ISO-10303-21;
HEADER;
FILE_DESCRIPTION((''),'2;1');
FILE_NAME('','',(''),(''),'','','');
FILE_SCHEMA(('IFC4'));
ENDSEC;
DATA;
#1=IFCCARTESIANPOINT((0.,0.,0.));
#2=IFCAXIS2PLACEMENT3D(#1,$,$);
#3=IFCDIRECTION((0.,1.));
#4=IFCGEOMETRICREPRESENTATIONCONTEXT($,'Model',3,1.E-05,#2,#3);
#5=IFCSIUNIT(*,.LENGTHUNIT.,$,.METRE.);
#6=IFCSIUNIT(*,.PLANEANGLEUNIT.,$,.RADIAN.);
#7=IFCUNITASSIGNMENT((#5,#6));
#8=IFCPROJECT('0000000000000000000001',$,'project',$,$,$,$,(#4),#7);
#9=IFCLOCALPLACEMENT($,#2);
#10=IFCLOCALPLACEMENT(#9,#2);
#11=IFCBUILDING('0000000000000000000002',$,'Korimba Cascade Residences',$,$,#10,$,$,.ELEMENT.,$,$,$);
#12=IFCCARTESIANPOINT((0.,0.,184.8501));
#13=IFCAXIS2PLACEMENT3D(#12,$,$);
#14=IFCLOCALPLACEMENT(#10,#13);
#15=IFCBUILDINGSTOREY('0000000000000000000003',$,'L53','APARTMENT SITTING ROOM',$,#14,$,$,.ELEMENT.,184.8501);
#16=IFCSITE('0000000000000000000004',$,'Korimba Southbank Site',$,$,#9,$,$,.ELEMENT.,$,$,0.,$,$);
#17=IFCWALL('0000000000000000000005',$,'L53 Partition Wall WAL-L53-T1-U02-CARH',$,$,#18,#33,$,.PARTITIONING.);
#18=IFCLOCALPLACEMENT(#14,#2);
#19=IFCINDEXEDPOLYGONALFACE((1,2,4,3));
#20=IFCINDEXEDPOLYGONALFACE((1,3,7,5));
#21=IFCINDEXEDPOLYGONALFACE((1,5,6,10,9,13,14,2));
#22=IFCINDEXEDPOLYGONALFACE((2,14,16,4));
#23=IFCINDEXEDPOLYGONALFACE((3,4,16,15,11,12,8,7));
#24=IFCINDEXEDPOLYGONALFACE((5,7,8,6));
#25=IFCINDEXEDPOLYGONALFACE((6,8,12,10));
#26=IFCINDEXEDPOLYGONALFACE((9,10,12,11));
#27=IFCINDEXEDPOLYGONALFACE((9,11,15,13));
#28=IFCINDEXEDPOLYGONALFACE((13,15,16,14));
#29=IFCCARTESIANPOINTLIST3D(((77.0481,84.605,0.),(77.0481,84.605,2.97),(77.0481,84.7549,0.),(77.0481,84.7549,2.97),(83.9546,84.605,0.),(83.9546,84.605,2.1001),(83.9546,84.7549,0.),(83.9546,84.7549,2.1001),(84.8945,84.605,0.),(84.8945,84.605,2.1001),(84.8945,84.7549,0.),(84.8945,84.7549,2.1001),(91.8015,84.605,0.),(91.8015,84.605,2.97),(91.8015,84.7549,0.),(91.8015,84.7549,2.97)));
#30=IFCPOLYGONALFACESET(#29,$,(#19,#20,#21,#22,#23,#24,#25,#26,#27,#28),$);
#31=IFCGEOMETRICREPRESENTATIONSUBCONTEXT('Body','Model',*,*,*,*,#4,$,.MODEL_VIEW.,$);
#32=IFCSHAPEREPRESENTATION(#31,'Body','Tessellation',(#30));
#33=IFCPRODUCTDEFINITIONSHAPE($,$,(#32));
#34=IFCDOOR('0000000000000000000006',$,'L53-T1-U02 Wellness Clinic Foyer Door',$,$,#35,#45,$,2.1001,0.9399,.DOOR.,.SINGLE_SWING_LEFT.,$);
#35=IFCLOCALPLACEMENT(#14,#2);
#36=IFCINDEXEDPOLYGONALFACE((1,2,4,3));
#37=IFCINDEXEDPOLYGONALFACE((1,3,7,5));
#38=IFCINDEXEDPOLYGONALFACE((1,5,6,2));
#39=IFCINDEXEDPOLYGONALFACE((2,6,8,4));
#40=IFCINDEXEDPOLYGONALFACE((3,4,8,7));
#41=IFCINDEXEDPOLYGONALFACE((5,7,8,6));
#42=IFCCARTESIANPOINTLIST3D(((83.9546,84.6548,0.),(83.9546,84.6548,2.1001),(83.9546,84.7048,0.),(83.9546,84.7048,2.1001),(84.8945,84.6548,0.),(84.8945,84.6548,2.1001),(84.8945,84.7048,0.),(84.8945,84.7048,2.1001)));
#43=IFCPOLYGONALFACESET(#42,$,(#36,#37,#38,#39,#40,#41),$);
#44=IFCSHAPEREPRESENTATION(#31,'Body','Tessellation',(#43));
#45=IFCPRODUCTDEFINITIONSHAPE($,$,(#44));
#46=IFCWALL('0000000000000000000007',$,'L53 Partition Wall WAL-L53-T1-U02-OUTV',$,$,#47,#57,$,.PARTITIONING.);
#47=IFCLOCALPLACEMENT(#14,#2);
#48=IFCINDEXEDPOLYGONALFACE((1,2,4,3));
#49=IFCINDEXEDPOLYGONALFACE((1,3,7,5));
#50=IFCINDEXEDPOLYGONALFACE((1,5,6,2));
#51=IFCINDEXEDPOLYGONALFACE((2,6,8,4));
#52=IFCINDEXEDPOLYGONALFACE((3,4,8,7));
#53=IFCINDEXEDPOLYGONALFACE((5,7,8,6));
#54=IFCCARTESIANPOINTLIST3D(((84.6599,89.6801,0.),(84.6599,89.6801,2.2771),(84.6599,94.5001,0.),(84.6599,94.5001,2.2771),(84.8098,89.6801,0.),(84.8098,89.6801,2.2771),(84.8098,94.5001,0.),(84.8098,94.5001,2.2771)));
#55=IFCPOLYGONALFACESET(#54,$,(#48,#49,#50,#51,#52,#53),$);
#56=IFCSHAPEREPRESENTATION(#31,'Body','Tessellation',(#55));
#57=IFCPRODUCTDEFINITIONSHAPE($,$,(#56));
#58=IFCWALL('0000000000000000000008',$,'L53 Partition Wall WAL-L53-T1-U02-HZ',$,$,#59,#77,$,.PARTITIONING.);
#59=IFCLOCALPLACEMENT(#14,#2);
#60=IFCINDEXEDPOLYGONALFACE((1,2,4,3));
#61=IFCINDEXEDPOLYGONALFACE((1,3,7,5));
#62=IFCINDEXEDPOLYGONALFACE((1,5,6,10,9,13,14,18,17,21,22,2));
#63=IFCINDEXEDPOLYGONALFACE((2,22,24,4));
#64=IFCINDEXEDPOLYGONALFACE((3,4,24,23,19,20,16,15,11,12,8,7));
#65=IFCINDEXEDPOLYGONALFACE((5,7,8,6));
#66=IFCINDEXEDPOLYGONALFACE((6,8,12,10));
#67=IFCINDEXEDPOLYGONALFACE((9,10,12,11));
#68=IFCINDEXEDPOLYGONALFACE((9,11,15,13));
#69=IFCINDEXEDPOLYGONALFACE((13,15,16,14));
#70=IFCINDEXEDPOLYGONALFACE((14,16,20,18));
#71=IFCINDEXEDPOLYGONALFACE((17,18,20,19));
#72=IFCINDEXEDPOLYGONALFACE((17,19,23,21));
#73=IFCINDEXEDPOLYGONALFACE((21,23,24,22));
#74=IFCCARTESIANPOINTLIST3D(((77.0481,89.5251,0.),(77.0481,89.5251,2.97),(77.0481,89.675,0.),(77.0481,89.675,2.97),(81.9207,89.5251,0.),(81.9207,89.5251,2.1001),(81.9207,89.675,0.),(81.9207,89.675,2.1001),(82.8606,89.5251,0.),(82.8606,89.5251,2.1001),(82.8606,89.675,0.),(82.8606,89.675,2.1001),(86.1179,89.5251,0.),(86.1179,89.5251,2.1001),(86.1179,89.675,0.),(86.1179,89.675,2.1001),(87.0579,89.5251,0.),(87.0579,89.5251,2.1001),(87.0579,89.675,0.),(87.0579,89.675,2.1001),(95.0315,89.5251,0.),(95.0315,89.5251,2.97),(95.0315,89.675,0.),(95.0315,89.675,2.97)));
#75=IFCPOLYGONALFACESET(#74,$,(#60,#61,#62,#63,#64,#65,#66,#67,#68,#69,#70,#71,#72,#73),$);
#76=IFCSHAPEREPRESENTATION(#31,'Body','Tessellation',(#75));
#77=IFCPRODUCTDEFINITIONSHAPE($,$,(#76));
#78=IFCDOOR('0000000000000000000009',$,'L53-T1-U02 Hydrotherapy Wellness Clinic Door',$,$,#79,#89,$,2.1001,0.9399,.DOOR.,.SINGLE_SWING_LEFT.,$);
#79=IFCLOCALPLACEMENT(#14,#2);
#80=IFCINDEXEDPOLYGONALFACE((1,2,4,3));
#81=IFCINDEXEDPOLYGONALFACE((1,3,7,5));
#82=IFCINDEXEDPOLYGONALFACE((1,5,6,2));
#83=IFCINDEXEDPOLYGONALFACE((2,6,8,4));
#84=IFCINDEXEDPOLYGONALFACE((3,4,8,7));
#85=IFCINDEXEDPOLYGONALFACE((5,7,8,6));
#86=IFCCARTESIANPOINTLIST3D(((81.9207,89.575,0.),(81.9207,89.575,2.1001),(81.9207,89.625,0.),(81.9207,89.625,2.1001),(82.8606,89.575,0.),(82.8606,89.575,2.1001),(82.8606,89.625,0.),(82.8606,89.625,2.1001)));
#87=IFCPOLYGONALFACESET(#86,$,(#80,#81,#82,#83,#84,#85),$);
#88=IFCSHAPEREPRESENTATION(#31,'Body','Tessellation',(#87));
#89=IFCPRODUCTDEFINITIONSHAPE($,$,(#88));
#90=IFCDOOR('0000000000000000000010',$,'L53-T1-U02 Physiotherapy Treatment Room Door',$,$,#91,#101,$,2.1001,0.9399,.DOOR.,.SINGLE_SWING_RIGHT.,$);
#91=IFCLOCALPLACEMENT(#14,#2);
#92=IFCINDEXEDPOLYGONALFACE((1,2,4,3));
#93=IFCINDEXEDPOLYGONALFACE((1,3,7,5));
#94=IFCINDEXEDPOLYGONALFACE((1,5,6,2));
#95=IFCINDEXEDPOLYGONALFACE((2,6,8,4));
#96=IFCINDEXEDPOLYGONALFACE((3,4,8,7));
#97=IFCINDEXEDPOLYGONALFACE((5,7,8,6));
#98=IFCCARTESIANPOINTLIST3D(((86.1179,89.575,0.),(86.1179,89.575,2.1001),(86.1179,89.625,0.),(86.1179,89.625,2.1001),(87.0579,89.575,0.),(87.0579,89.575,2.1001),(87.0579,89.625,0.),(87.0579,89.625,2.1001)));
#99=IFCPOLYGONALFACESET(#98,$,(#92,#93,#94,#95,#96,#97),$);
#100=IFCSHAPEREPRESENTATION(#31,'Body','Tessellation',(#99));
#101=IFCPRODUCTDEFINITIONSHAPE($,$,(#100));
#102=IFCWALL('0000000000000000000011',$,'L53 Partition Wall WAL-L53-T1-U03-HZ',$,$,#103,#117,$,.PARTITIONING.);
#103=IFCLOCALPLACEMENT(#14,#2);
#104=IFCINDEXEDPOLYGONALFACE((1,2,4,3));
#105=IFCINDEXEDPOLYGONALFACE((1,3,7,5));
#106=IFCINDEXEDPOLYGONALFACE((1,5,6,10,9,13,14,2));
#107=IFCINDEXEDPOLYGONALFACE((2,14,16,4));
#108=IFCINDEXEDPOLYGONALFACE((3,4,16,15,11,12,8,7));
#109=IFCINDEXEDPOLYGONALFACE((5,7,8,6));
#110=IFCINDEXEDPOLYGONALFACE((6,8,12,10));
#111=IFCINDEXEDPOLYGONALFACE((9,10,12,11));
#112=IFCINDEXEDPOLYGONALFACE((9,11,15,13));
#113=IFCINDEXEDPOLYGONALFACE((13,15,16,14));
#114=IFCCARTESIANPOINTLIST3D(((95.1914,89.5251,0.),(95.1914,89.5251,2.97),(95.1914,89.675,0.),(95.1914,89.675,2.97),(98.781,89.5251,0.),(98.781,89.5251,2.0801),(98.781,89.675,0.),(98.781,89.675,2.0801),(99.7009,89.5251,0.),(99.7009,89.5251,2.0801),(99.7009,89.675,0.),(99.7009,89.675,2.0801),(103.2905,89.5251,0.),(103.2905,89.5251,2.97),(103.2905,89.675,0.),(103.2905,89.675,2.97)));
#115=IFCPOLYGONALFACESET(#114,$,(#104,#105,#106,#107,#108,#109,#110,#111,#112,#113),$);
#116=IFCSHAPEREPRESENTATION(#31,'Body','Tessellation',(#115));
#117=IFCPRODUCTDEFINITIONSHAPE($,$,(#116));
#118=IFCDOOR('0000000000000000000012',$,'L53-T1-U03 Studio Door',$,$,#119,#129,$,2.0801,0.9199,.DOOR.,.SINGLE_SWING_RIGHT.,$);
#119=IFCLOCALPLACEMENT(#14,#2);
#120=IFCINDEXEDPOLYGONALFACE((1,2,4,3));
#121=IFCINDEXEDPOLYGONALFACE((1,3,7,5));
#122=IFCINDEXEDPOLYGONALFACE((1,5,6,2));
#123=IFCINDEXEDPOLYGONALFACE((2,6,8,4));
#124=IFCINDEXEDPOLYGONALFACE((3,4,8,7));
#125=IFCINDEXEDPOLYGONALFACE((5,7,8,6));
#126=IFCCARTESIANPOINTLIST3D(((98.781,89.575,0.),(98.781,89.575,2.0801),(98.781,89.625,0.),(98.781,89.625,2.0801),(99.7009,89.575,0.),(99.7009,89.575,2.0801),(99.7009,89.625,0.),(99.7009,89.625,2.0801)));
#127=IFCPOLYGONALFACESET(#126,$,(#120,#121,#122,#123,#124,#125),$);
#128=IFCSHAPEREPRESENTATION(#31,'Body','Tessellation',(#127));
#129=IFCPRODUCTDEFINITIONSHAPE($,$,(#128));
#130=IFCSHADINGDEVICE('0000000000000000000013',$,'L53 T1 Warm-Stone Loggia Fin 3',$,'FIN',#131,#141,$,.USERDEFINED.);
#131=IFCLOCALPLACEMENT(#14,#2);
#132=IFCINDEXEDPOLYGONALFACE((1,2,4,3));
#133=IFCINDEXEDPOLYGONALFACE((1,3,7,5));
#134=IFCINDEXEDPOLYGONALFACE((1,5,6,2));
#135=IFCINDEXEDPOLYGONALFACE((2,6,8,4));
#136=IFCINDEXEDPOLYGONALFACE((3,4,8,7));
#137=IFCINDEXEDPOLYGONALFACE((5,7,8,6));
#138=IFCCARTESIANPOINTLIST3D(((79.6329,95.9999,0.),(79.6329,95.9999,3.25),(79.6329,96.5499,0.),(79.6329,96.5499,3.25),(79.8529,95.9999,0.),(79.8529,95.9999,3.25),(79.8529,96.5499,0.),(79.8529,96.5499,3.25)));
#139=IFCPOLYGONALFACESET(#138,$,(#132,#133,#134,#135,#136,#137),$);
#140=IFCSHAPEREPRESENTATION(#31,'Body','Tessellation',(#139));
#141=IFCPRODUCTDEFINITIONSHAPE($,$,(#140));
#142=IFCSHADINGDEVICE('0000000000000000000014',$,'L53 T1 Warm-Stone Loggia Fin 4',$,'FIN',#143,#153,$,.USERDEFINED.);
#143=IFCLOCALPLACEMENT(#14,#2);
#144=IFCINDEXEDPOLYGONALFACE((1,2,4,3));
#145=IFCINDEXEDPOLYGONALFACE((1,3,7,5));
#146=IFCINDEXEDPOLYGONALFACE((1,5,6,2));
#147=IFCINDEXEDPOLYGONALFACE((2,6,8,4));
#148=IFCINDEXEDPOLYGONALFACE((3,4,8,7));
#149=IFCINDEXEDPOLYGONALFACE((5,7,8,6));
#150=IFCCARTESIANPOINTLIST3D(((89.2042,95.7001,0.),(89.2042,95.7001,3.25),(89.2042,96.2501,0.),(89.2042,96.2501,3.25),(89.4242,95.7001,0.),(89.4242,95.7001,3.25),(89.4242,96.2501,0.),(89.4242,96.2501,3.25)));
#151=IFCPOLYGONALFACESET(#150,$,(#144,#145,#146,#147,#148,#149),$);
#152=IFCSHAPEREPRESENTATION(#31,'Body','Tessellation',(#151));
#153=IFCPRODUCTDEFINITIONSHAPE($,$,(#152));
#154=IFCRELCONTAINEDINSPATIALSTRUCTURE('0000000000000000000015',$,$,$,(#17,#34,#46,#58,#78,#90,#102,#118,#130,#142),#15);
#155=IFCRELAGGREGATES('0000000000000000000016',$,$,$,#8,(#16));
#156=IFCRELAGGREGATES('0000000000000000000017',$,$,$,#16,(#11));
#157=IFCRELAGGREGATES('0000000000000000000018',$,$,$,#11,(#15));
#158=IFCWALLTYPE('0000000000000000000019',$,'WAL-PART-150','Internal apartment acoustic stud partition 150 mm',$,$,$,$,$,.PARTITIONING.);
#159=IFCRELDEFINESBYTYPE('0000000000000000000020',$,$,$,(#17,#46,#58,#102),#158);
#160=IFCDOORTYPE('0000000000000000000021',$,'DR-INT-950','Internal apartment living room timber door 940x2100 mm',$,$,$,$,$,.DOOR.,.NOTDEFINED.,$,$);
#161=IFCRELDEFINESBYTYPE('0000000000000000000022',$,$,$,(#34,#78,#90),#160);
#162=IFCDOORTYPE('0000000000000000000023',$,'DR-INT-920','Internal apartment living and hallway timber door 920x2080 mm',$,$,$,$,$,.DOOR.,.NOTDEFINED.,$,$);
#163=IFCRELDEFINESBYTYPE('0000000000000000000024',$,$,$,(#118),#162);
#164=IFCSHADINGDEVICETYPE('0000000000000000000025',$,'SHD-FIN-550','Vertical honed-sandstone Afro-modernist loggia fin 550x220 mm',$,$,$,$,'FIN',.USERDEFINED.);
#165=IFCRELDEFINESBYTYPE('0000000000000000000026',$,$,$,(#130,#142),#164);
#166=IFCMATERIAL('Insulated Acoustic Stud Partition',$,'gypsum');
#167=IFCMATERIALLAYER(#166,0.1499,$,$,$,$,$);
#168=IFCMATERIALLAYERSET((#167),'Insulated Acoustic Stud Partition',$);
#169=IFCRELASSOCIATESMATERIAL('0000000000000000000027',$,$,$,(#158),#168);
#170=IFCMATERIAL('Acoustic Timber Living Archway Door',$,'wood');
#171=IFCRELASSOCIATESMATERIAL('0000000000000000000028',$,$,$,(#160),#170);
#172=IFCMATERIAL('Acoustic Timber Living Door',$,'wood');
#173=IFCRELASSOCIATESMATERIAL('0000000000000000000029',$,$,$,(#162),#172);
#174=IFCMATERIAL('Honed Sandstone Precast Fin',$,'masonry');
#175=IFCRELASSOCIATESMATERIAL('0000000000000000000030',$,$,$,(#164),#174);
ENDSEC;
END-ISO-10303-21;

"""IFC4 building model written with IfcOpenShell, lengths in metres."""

from ifc_helpers import new_model, si_unit, direction, frame, frame_2d, origin, origin_2d, place, context, subcontext, project, spatial, rectangle, extrude, material, layer, layer_set, type_object, element, fill, save


model = new_model("IFC4")

# Units and contexts
model_context = context("Model", 3, precision=1e-05, world=origin(), true_north=direction((0.0, 1.0)))
body_context = subcontext(model_context, "Body", "Model", "MODEL_VIEW")
ifc_project = project(units=[si_unit("LENGTHUNIT", "METRE"), si_unit("PLANEANGLEUNIT", "RADIAN")], contexts=[model_context])

# Site, building, storey
site_placement = place(None, origin())
site = spatial("IfcSite", under=ifc_project, at=site_placement, Name="Korimba Southbank Site", CompositionType="ELEMENT", RefElevation=0.0)
building_placement = place(site_placement, origin())
building = spatial("IfcBuilding", under=site, at=building_placement, Name="Korimba Cascade Residences", CompositionType="ELEMENT")
storey_placement = place(building_placement, frame((0.0, 0.0, 184.8501)))
storey = spatial("IfcBuildingStorey", under=building, at=storey_placement, Name="L53", Description="APARTMENT SITTING ROOM", CompositionType="ELEMENT", Elevation=184.8501)

# Wall, opening, door
ifc_material_1 = material(Name="Insulated Acoustic Stud Partition", Category="gypsum")
ifc_layer = layer(ifc_material_1, 0.1499)
ifc_layer_set = layer_set([ifc_layer], Name="Insulated Acoustic Stud Partition")
wall_type = type_object("IfcWallType", Name="WAL-PART-150", Description="Internal apartment acoustic stud partition 150 mm", PredefinedType="PARTITIONING", material=ifc_layer_set)
wall_1_placement = place(storey_placement, frame((77.0481, 84.6799, 0.0), z_axis=(0.0, 0.0, 1.0), x_axis=(1.0, 0.0, 0.0)))
wall_1 = element("IfcWall", 1, at=wall_1_placement, inside=storey, type_object=wall_type, Name="L53 Partition Wall WAL-L53-T1-U02-CARH", PredefinedType="PARTITIONING", context=body_context, shape_type="SweptSolid", body=[
    extrude(rectangle(XDim=14.7534, YDim=0.1499, at=frame_2d((7.3767, 0.0))), origin(), (0.0, 0.0, 1.0), 2.97),
])
opening_1_placement = place(wall_1_placement, frame((6.9065, 0.0, 0.0)))
opening_1 = element("IfcOpeningElement", 2, at=opening_1_placement, cuts=wall_1, PredefinedType="OPENING", context=body_context, shape_type="SweptSolid", body=[
    extrude(rectangle(XDim=0.9399, YDim=2.1001, at=frame_2d((0.47, 1.05))), frame((0.0, 0.085, 0.0), z_axis=(0.0, -1.0, 0.0), x_axis=(1.0, 0.0, 0.0)), (0.0, 0.0, 1.0), 0.1699),
])
ifc_material_2 = material(Name="Acoustic Timber Living Archway Door", Category="wood")
door_type_1 = type_object("IfcDoorType", Name="DR-INT-950", Description="Internal apartment living room timber door 940x2100 mm", OperationType="NOTDEFINED", PredefinedType="DOOR", material=ifc_material_2)
door_1_placement = place(opening_1_placement, origin())
door_1 = element("IfcDoor", 3, at=door_1_placement, inside=storey, type_object=door_type_1, Name="L53-T1-U02 Wellness Clinic Foyer Door", OperationType="SINGLE_SWING_LEFT", OverallHeight=2.1001, OverallWidth=0.9399, PredefinedType="DOOR", context=body_context, shape_type="SweptSolid", body=[
    extrude(rectangle(XDim=0.9399, YDim=2.1001, at=frame_2d((0.47, 1.05))), frame((0.0, 0.0249, 0.0), z_axis=(0.0, -1.0, 0.0), x_axis=(1.0, 0.0, 0.0)), (0.0, 0.0, 1.0), 0.05),
])
fill(opening_1, door_1)

# Wall
wall_2_placement = place(storey_placement, frame((84.7349, 89.6799, 0.0), z_axis=(0.0, 0.0, 1.0), x_axis=(0.0, 1.0, 0.0)))
element("IfcWall", 4, at=wall_2_placement, inside=storey, type_object=wall_type, Name="L53 Partition Wall WAL-L53-T1-U02-OUTV", PredefinedType="PARTITIONING", context=body_context, shape_type="SweptSolid", body=[
    extrude(rectangle(XDim=4.8201, YDim=0.1499, at=frame_2d((2.4102, 0.0))), origin(), (0.0, 0.0, 1.0), 2.2771),
])

# Wall, openings, doors
wall_3_placement = place(storey_placement, frame((77.0481, 89.6001, 0.0), z_axis=(0.0, 0.0, 1.0), x_axis=(1.0, 0.0, 0.0)))
wall_3 = element("IfcWall", 5, at=wall_3_placement, inside=storey, type_object=wall_type, Name="L53 Partition Wall WAL-L53-T1-U02-HZ", PredefinedType="PARTITIONING", context=body_context, shape_type="SweptSolid", body=[
    extrude(rectangle(XDim=17.9834, YDim=0.1499, at=frame_2d((8.9917, 0.0))), origin(), (0.0, 0.0, 1.0), 2.97),
])
opening_2_placement = place(wall_3_placement, frame((4.8726, 0.0, 0.0)))
opening_2 = element("IfcOpeningElement", 6, at=opening_2_placement, cuts=wall_3, PredefinedType="OPENING", context=body_context, shape_type="SweptSolid", body=[
    extrude(rectangle(XDim=0.9399, YDim=2.1001, at=frame_2d((0.47, 1.05))), frame((0.0, 0.085, 0.0), z_axis=(0.0, -1.0, 0.0), x_axis=(1.0, 0.0, 0.0)), (0.0, 0.0, 1.0), 0.1699),
])
opening_3_placement = place(wall_3_placement, frame((9.0698, 0.0, 0.0)))
opening_3 = element("IfcOpeningElement", 7, at=opening_3_placement, cuts=wall_3, PredefinedType="OPENING", context=body_context, shape_type="SweptSolid", body=[
    extrude(rectangle(XDim=0.9399, YDim=2.1001, at=frame_2d((0.47, 1.05))), frame((0.0, 0.085, 0.0), z_axis=(0.0, -1.0, 0.0), x_axis=(1.0, 0.0, 0.0)), (0.0, 0.0, 1.0), 0.1699),
])
door_2_placement = place(opening_2_placement, origin())
door_2 = element("IfcDoor", 8, at=door_2_placement, inside=storey, type_object=door_type_1, Name="L53-T1-U02 Hydrotherapy Wellness Clinic Door", OperationType="SINGLE_SWING_LEFT", OverallHeight=2.1001, OverallWidth=0.9399, PredefinedType="DOOR", context=body_context, shape_type="SweptSolid", body=[
    extrude(rectangle(XDim=0.9399, YDim=2.1001, at=frame_2d((0.47, 1.05))), frame((0.0, 0.0249, 0.0), z_axis=(0.0, -1.0, 0.0), x_axis=(1.0, 0.0, 0.0)), (0.0, 0.0, 1.0), 0.05),
])
fill(opening_2, door_2)
door_3_placement = place(opening_3_placement, origin())
door_3 = element("IfcDoor", 9, at=door_3_placement, inside=storey, type_object=door_type_1, Name="L53-T1-U02 Physiotherapy Treatment Room Door", OperationType="SINGLE_SWING_RIGHT", OverallHeight=2.1001, OverallWidth=0.9399, PredefinedType="DOOR", context=body_context, shape_type="SweptSolid", body=[
    extrude(rectangle(XDim=0.9399, YDim=2.1001, at=frame_2d((0.47, 1.05))), frame((0.0, 0.0249, 0.0), z_axis=(0.0, -1.0, 0.0), x_axis=(1.0, 0.0, 0.0)), (0.0, 0.0, 1.0), 0.05),
])
fill(opening_3, door_3)

# Wall, opening, door
wall_4_placement = place(storey_placement, frame((95.1914, 89.6001, 0.0), z_axis=(0.0, 0.0, 1.0), x_axis=(1.0, 0.0, 0.0)))
wall_4 = element("IfcWall", 10, at=wall_4_placement, inside=storey, type_object=wall_type, Name="L53 Partition Wall WAL-L53-T1-U03-HZ", PredefinedType="PARTITIONING", context=body_context, shape_type="SweptSolid", body=[
    extrude(rectangle(XDim=8.0991, YDim=0.1499, at=frame_2d((4.0496, 0.0))), origin(), (0.0, 0.0, 1.0), 2.97),
])
opening_4_placement = place(wall_4_placement, frame((3.5896, 0.0, 0.0)))
opening_4 = element("IfcOpeningElement", 11, at=opening_4_placement, cuts=wall_4, PredefinedType="OPENING", context=body_context, shape_type="SweptSolid", body=[
    extrude(rectangle(XDim=0.9199, YDim=2.0801, at=frame_2d((0.46, 1.04))), frame((0.0, 0.085, 0.0), z_axis=(0.0, -1.0, 0.0), x_axis=(1.0, 0.0, 0.0)), (0.0, 0.0, 1.0), 0.1699),
])
ifc_material_3 = material(Name="Acoustic Timber Living Door", Category="wood")
door_type_2 = type_object("IfcDoorType", Name="DR-INT-920", Description="Internal apartment living and hallway timber door 920x2080 mm", OperationType="NOTDEFINED", PredefinedType="DOOR", material=ifc_material_3)
door_4_placement = place(opening_4_placement, origin())
door_4 = element("IfcDoor", 12, at=door_4_placement, inside=storey, type_object=door_type_2, Name="L53-T1-U03 Studio Door", OperationType="SINGLE_SWING_RIGHT", OverallHeight=2.0801, OverallWidth=0.9199, PredefinedType="DOOR", context=body_context, shape_type="SweptSolid", body=[
    extrude(rectangle(XDim=0.9199, YDim=2.0801, at=frame_2d((0.46, 1.04))), frame((0.0, 0.0249, 0.0), z_axis=(0.0, -1.0, 0.0), x_axis=(1.0, 0.0, 0.0)), (0.0, 0.0, 1.0), 0.05),
])
fill(opening_4, door_4)

# Shading devices
ifc_material_4 = material(Name="Honed Sandstone Precast Fin", Category="masonry")
shading_device_type = type_object("IfcShadingDeviceType", Name="SHD-FIN-550", Description="Vertical honed-sandstone Afro-modernist loggia fin 550x220 mm", ElementType="FIN", PredefinedType="USERDEFINED", material=ifc_material_4)
for number, where, z_axis, x_axis, name in (
    (13, (79.7429, 96.2749, 0.0), (0.0, 0.0, 1.0), (1.0, 0.0, 0.0), "L53 T1 Warm-Stone Loggia Fin 3"),
    (14, (89.3142, 95.9751, 0.0), (0.0, 0.0, 1.0), (1.0, 0.0, 0.0), "L53 T1 Warm-Stone Loggia Fin 4"),
):
    element("IfcShadingDevice", number, at=place(storey_placement, frame(where, z_axis=z_axis, x_axis=x_axis)), inside=storey, type_object=shading_device_type, Name=name, ObjectType="FIN", PredefinedType="USERDEFINED", context=body_context, shape_type="SweptSolid", body=[
        extrude(rectangle(XDim=0.22, YDim=0.55, at=origin_2d()), origin(), (0.0, 0.0, 1.0), 3.25),
    ])

save(model, "model.ifc")
